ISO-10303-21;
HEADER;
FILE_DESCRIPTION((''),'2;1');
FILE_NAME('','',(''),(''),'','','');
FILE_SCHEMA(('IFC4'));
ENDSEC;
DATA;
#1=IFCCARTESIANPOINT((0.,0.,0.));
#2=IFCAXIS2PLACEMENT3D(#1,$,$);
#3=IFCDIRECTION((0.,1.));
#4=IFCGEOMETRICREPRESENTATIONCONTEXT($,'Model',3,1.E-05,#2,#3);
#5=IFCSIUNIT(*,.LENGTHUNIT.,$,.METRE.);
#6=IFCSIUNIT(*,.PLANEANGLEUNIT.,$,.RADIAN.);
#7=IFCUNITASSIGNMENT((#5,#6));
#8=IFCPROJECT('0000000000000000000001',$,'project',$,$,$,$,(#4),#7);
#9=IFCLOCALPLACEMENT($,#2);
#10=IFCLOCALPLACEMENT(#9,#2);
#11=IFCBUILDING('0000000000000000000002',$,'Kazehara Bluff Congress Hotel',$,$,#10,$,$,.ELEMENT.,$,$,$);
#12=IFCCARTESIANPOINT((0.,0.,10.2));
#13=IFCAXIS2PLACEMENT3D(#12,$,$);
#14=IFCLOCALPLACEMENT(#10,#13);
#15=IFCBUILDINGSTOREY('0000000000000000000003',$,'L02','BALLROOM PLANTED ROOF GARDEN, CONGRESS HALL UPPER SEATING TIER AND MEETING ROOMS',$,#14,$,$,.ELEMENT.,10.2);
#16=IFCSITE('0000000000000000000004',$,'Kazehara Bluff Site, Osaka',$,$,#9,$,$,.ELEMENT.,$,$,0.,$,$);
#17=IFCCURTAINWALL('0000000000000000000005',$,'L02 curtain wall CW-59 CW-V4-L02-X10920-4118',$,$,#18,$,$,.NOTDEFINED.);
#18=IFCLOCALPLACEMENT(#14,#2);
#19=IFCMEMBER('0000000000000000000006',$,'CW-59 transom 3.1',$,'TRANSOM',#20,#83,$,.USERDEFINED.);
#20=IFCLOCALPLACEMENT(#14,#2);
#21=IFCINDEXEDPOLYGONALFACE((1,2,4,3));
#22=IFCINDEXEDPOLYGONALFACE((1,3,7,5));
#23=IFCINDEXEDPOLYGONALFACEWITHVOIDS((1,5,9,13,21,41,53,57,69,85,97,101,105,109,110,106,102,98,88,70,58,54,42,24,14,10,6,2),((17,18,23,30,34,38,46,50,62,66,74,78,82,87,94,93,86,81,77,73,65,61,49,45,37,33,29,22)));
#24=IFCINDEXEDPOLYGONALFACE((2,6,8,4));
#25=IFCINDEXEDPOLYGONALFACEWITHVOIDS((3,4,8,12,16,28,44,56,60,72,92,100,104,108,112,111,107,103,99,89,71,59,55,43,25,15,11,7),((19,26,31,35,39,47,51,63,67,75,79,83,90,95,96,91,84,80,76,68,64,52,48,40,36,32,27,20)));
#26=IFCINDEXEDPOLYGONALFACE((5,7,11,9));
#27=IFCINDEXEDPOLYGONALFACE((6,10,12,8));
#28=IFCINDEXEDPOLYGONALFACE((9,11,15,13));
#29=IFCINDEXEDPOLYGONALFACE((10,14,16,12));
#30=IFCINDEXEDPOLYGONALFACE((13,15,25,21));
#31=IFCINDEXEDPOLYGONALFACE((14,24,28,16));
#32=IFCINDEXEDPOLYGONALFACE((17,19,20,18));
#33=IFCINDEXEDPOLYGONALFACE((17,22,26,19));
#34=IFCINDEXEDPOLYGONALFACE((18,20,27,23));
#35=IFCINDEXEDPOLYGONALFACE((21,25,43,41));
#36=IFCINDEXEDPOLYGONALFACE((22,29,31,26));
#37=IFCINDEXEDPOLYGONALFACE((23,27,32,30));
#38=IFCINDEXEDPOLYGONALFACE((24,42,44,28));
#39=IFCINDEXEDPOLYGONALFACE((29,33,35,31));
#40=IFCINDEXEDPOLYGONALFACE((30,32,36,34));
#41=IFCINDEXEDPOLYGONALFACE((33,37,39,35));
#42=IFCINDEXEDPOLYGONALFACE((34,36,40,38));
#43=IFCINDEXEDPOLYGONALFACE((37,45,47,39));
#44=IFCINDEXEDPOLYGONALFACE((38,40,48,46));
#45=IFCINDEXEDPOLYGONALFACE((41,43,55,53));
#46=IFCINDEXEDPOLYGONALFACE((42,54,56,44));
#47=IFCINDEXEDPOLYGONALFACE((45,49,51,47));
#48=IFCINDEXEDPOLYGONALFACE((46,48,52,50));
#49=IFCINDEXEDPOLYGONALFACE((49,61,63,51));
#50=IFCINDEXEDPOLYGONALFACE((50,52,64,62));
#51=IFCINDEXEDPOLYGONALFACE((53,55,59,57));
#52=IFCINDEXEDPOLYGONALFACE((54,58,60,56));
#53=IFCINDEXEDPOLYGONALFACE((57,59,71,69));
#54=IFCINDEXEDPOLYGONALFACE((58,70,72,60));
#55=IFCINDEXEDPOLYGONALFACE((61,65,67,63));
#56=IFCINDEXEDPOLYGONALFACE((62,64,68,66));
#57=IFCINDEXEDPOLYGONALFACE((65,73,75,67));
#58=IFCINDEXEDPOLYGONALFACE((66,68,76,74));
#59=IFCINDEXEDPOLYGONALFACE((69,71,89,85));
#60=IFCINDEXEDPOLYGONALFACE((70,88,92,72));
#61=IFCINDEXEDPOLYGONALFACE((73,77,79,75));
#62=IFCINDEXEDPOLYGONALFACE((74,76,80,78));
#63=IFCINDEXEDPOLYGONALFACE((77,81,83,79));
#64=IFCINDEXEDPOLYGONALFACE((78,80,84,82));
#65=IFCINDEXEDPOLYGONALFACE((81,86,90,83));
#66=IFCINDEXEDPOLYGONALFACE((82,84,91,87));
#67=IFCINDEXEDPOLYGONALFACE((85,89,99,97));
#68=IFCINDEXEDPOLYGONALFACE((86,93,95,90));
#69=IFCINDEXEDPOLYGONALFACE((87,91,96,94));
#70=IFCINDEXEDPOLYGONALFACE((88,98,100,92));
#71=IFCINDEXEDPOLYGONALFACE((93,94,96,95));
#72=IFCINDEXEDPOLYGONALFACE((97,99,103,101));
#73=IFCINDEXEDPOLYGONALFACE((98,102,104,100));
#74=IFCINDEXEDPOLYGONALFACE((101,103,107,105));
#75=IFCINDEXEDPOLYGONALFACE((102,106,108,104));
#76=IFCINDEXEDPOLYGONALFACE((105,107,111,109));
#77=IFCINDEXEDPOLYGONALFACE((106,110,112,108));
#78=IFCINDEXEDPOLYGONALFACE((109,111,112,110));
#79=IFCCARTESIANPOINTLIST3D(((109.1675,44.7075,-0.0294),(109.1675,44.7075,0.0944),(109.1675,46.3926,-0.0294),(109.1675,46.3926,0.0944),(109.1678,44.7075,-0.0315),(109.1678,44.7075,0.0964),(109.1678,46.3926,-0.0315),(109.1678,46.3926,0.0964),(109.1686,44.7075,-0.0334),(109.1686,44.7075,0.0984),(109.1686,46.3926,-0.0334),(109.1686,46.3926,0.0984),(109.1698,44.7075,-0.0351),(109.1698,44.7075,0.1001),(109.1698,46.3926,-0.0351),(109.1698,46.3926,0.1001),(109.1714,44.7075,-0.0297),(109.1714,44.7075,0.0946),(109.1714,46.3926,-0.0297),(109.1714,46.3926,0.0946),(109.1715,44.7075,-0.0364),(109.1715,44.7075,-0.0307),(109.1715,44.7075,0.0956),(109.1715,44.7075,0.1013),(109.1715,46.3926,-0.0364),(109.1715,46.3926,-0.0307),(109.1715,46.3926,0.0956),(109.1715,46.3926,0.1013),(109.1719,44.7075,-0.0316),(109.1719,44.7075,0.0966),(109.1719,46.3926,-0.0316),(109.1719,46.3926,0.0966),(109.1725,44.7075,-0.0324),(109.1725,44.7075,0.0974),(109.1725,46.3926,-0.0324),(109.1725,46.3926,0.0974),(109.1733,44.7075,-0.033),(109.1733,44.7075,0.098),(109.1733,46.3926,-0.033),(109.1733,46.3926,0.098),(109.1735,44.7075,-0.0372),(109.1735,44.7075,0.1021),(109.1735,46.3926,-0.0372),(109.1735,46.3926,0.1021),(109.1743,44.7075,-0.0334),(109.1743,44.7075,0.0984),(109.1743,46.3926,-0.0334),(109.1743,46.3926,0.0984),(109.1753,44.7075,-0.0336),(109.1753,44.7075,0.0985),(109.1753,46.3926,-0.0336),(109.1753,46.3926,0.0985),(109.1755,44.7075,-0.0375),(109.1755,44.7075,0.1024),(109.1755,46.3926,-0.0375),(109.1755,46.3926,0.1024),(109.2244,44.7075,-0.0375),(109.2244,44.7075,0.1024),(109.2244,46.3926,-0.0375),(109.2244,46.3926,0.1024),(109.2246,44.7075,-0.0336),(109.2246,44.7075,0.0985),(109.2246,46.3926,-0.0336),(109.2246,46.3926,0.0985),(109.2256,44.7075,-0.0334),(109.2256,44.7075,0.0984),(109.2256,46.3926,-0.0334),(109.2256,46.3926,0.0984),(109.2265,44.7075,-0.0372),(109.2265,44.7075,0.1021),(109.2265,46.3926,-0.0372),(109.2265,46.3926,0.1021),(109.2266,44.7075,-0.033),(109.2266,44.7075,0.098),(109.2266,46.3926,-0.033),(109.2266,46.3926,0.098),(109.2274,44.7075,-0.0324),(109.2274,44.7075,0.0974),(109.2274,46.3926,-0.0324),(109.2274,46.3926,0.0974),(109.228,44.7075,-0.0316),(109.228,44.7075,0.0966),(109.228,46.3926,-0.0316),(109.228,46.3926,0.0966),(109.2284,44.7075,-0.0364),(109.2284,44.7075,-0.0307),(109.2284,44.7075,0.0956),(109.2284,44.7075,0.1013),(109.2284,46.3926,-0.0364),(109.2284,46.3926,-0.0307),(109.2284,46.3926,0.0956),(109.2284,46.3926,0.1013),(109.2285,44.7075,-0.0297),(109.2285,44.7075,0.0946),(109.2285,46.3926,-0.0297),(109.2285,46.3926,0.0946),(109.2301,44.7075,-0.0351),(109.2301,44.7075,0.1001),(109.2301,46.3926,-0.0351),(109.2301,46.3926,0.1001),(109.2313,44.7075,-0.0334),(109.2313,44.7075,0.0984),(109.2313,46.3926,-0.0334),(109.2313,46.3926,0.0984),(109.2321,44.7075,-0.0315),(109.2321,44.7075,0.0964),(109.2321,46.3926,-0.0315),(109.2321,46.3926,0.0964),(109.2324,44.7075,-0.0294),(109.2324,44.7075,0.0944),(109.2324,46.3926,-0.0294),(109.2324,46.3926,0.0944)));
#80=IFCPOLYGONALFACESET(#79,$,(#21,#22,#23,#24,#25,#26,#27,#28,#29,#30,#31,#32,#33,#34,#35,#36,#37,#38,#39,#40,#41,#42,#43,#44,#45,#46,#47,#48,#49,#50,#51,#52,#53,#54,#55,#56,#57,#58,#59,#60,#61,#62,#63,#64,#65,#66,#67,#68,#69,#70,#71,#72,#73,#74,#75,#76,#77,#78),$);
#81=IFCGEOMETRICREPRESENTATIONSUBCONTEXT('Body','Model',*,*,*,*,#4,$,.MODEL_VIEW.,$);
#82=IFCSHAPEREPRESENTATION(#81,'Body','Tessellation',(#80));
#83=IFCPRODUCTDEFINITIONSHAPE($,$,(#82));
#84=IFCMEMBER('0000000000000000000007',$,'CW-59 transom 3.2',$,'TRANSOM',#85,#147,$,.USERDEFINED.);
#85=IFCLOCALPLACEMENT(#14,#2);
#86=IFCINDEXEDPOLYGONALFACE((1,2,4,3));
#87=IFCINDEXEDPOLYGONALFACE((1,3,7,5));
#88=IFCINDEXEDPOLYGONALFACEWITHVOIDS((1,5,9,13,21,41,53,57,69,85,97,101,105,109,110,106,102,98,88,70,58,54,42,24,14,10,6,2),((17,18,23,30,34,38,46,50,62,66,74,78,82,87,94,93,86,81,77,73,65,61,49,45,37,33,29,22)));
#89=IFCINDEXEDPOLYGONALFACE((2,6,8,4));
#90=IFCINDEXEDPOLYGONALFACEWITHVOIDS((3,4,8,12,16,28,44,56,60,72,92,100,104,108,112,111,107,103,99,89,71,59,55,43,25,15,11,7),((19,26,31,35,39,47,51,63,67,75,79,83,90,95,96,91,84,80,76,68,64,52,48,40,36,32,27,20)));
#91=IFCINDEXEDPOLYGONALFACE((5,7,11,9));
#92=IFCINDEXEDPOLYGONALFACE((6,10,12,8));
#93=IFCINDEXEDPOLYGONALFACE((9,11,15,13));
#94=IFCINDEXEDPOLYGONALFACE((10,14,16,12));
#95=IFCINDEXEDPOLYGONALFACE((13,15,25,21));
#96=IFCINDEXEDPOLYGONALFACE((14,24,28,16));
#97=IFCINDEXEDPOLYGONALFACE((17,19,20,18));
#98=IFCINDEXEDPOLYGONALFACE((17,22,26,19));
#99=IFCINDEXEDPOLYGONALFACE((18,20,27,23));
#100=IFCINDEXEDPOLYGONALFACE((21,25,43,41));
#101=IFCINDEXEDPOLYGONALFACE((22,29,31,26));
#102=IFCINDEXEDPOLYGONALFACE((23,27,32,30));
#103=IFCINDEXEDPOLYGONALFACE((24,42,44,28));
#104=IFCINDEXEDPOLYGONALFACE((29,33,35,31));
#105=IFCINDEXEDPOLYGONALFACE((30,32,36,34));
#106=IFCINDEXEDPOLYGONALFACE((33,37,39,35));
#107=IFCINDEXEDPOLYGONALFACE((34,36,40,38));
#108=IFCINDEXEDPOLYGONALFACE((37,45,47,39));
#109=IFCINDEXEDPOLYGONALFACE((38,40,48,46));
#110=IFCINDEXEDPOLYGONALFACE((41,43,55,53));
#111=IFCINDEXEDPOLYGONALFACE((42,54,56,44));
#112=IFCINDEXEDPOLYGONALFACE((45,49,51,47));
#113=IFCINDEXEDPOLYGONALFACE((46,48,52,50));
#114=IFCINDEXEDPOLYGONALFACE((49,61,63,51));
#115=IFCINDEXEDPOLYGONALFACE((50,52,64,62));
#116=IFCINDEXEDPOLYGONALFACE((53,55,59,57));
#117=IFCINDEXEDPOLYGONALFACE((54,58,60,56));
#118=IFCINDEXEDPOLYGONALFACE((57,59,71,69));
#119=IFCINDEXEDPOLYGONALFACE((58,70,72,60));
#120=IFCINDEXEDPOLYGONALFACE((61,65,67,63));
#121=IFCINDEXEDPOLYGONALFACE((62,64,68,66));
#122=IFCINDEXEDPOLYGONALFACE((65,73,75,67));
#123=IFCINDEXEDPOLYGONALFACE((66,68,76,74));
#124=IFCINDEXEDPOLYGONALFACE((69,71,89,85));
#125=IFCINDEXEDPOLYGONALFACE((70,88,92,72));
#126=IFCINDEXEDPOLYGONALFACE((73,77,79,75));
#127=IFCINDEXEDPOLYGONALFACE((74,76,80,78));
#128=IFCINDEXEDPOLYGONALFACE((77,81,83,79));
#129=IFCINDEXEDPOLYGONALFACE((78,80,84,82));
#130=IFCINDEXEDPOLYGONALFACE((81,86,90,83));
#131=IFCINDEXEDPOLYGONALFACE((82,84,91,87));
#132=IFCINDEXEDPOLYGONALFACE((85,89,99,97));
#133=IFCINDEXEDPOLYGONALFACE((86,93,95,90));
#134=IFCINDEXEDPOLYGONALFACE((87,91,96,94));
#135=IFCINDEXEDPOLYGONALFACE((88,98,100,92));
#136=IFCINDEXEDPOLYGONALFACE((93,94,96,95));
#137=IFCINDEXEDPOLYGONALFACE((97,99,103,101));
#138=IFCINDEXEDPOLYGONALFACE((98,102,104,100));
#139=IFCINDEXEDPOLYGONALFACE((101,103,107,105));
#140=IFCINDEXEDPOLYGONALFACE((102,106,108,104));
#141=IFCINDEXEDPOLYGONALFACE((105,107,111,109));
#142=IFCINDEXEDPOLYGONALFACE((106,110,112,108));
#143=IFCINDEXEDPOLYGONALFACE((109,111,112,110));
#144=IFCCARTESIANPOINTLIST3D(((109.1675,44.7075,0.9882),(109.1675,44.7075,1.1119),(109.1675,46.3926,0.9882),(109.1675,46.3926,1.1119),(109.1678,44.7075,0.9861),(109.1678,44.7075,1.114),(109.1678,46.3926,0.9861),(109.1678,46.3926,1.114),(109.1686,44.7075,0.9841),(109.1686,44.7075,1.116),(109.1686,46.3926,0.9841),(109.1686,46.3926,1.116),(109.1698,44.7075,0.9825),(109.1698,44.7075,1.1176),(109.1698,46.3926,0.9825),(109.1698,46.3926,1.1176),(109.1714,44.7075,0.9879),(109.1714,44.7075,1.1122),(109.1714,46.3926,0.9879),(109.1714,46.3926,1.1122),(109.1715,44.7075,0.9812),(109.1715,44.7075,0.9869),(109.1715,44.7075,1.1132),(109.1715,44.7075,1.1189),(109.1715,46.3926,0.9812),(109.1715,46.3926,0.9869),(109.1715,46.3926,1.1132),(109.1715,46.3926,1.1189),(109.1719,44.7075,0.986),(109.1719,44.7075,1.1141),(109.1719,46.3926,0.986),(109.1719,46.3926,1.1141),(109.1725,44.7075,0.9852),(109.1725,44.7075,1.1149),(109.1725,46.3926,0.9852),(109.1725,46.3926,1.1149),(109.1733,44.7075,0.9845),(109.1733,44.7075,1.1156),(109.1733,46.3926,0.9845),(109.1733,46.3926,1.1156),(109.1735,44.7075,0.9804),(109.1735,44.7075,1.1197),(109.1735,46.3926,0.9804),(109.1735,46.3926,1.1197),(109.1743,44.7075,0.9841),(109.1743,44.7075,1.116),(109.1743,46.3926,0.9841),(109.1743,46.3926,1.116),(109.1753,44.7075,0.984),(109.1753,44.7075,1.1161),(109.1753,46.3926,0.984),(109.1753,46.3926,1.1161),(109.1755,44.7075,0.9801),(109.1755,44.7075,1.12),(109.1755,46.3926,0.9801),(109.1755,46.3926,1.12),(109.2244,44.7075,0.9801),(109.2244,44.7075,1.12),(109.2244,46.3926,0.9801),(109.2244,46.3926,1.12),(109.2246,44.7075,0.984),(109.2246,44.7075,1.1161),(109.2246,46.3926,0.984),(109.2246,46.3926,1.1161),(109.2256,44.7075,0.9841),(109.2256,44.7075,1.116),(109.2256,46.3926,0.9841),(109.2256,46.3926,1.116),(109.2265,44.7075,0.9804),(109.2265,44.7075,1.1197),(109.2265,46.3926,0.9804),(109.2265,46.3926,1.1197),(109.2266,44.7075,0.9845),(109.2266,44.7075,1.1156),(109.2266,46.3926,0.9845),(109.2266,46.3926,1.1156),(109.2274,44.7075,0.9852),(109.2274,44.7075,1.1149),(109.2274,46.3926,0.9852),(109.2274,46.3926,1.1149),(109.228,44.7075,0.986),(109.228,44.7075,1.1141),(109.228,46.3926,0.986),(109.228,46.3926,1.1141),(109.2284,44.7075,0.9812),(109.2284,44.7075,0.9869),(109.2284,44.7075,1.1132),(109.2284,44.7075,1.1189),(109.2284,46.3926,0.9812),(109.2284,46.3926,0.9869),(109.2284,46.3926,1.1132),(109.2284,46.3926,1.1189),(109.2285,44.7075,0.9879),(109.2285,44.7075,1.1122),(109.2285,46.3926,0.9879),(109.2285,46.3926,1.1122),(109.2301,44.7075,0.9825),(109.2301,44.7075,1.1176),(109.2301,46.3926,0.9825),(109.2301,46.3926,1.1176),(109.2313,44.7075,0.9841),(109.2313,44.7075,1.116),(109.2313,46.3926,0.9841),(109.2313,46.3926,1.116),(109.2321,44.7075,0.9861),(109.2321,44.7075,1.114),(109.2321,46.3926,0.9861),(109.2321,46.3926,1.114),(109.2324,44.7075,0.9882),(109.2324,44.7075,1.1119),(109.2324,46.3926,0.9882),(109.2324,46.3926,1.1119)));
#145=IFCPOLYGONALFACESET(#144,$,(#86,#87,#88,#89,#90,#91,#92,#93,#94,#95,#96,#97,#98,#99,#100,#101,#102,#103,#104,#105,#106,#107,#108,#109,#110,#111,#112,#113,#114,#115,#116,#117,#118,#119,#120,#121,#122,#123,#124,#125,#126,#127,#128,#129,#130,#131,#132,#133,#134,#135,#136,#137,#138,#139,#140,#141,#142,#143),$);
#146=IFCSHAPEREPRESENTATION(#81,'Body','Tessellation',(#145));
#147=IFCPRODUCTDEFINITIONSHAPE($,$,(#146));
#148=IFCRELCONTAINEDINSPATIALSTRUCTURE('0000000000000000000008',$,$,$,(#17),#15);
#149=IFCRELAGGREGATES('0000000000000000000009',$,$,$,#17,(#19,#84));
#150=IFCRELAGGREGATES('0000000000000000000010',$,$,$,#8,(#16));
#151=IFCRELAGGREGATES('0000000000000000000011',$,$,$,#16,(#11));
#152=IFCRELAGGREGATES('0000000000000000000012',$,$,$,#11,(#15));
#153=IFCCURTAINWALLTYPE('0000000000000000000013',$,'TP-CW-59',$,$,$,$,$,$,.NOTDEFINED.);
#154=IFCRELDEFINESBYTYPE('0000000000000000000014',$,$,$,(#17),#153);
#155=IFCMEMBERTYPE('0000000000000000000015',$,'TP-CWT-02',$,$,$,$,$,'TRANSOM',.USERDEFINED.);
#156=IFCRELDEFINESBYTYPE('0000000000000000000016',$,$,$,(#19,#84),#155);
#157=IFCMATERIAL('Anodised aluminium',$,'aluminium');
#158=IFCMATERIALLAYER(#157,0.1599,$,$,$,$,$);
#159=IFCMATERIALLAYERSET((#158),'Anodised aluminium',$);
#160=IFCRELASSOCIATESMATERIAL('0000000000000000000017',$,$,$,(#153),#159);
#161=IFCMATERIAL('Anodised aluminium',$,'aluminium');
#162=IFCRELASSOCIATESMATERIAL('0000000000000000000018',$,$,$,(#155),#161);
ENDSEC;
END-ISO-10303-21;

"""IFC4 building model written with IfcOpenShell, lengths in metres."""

from ifc_helpers import new_model, si_unit, direction, frame, origin, origin_2d, place, context, subcontext, project, spatial, hollow_rectangle, extrude, material, layer, layer_set, material_profile, profile_set, type_object, element, aggregate, save


model = new_model("IFC4")

# Units and contexts
model_context = context("Model", 3, precision=1e-05, world=origin(), true_north=direction((0.0, 1.0)))
body_context = subcontext(model_context, "Body", "Model", "MODEL_VIEW")
ifc_project = project(units=[si_unit("LENGTHUNIT", "METRE"), si_unit("PLANEANGLEUNIT", "RADIAN")], contexts=[model_context])

# Site, building, storey
site_placement = place(None, origin())
site = spatial("IfcSite", under=ifc_project, at=site_placement, Name="Kazehara Bluff Site, Osaka", CompositionType="ELEMENT", RefElevation=0.0)
building_placement = place(site_placement, origin())
building = spatial("IfcBuilding", under=site, at=building_placement, Name="Kazehara Bluff Congress Hotel", CompositionType="ELEMENT")
storey_placement = place(building_placement, frame((0.0, 0.0, 10.2)))
storey = spatial("IfcBuildingStorey", under=building, at=storey_placement, Name="L02", Description="BALLROOM PLANTED ROOF GARDEN, CONGRESS HALL UPPER SEATING TIER AND MEETING ROOMS", CompositionType="ELEMENT", Elevation=10.2)

# Curtain wall
ifc_material_1 = material(Name="Anodised aluminium", Category="aluminium")
ifc_layer_1 = layer(ifc_material_1, 0.1599)
ifc_layer_set_1 = layer_set([ifc_layer_1], Name="Anodised aluminium")
curtain_wall_type_1 = type_object("IfcCurtainWallType", Name="TP-CW-59", PredefinedType="NOTDEFINED", material=ifc_layer_set_1)
curtain_wall_1_placement = place(storey_placement, origin())
curtain_wall_1 = element("IfcCurtainWall", 1, at=curtain_wall_1_placement, inside=storey, type_object=curtain_wall_type_1, Name="L02 curtain wall CW-59 CW-V4-L02-X10920-4118", PredefinedType="NOTDEFINED")

# Members
ifc_material_2 = material(Name="Anodised aluminium", Category="aluminium")
ifc_material_profile_1 = material_profile(ifc_material_2, hollow_rectangle(XDim=0.0649, YDim=0.1399, WallThickness=0.0039, InnerFilletRadius=0.0039, OuterFilletRadius=0.0081, at=origin_2d()))
ifc_profile_set_1 = profile_set([ifc_material_profile_1], Name="Anodised aluminium")
member_type_1 = type_object("IfcMemberType", Name="TP-CWT-02", ElementType="TRANSOM", PredefinedType="USERDEFINED", material=ifc_profile_set_1)
member_1_placement = place(storey_placement, frame((109.2, 44.7075, 0.0325), z_axis=(0.0, 1.0, 0.0), x_axis=(-1.0, 0.0, 0.0)))
member_1 = element("IfcMember", 2, at=member_1_placement, type_object=member_type_1, Name="CW-59 transom 3.1", ObjectType="TRANSOM", PredefinedType="USERDEFINED", context=body_context, shape_type="SweptSolid", body=[
    extrude(hollow_rectangle(XDim=0.0649, YDim=0.1399, WallThickness=0.0039, InnerFilletRadius=0.0039, OuterFilletRadius=0.0081, at=origin_2d()), origin(), (0.0, 0.0, 1.0), 1.6851),
])
member_2_placement = place(storey_placement, frame((109.2, 44.7075, 1.05), z_axis=(0.0, 1.0, 0.0), x_axis=(-1.0, 0.0, 0.0)))
member_2 = element("IfcMember", 3, at=member_2_placement, type_object=member_type_1, Name="CW-59 transom 3.2", ObjectType="TRANSOM", PredefinedType="USERDEFINED", context=body_context, shape_type="SweptSolid", body=[
    extrude(hollow_rectangle(XDim=0.0649, YDim=0.1399, WallThickness=0.0039, InnerFilletRadius=0.0039, OuterFilletRadius=0.0081, at=origin_2d()), origin(), (0.0, 0.0, 1.0), 1.6851),
])

aggregate(curtain_wall_1, [member_1, member_2])

save(model, "model.ifc")
